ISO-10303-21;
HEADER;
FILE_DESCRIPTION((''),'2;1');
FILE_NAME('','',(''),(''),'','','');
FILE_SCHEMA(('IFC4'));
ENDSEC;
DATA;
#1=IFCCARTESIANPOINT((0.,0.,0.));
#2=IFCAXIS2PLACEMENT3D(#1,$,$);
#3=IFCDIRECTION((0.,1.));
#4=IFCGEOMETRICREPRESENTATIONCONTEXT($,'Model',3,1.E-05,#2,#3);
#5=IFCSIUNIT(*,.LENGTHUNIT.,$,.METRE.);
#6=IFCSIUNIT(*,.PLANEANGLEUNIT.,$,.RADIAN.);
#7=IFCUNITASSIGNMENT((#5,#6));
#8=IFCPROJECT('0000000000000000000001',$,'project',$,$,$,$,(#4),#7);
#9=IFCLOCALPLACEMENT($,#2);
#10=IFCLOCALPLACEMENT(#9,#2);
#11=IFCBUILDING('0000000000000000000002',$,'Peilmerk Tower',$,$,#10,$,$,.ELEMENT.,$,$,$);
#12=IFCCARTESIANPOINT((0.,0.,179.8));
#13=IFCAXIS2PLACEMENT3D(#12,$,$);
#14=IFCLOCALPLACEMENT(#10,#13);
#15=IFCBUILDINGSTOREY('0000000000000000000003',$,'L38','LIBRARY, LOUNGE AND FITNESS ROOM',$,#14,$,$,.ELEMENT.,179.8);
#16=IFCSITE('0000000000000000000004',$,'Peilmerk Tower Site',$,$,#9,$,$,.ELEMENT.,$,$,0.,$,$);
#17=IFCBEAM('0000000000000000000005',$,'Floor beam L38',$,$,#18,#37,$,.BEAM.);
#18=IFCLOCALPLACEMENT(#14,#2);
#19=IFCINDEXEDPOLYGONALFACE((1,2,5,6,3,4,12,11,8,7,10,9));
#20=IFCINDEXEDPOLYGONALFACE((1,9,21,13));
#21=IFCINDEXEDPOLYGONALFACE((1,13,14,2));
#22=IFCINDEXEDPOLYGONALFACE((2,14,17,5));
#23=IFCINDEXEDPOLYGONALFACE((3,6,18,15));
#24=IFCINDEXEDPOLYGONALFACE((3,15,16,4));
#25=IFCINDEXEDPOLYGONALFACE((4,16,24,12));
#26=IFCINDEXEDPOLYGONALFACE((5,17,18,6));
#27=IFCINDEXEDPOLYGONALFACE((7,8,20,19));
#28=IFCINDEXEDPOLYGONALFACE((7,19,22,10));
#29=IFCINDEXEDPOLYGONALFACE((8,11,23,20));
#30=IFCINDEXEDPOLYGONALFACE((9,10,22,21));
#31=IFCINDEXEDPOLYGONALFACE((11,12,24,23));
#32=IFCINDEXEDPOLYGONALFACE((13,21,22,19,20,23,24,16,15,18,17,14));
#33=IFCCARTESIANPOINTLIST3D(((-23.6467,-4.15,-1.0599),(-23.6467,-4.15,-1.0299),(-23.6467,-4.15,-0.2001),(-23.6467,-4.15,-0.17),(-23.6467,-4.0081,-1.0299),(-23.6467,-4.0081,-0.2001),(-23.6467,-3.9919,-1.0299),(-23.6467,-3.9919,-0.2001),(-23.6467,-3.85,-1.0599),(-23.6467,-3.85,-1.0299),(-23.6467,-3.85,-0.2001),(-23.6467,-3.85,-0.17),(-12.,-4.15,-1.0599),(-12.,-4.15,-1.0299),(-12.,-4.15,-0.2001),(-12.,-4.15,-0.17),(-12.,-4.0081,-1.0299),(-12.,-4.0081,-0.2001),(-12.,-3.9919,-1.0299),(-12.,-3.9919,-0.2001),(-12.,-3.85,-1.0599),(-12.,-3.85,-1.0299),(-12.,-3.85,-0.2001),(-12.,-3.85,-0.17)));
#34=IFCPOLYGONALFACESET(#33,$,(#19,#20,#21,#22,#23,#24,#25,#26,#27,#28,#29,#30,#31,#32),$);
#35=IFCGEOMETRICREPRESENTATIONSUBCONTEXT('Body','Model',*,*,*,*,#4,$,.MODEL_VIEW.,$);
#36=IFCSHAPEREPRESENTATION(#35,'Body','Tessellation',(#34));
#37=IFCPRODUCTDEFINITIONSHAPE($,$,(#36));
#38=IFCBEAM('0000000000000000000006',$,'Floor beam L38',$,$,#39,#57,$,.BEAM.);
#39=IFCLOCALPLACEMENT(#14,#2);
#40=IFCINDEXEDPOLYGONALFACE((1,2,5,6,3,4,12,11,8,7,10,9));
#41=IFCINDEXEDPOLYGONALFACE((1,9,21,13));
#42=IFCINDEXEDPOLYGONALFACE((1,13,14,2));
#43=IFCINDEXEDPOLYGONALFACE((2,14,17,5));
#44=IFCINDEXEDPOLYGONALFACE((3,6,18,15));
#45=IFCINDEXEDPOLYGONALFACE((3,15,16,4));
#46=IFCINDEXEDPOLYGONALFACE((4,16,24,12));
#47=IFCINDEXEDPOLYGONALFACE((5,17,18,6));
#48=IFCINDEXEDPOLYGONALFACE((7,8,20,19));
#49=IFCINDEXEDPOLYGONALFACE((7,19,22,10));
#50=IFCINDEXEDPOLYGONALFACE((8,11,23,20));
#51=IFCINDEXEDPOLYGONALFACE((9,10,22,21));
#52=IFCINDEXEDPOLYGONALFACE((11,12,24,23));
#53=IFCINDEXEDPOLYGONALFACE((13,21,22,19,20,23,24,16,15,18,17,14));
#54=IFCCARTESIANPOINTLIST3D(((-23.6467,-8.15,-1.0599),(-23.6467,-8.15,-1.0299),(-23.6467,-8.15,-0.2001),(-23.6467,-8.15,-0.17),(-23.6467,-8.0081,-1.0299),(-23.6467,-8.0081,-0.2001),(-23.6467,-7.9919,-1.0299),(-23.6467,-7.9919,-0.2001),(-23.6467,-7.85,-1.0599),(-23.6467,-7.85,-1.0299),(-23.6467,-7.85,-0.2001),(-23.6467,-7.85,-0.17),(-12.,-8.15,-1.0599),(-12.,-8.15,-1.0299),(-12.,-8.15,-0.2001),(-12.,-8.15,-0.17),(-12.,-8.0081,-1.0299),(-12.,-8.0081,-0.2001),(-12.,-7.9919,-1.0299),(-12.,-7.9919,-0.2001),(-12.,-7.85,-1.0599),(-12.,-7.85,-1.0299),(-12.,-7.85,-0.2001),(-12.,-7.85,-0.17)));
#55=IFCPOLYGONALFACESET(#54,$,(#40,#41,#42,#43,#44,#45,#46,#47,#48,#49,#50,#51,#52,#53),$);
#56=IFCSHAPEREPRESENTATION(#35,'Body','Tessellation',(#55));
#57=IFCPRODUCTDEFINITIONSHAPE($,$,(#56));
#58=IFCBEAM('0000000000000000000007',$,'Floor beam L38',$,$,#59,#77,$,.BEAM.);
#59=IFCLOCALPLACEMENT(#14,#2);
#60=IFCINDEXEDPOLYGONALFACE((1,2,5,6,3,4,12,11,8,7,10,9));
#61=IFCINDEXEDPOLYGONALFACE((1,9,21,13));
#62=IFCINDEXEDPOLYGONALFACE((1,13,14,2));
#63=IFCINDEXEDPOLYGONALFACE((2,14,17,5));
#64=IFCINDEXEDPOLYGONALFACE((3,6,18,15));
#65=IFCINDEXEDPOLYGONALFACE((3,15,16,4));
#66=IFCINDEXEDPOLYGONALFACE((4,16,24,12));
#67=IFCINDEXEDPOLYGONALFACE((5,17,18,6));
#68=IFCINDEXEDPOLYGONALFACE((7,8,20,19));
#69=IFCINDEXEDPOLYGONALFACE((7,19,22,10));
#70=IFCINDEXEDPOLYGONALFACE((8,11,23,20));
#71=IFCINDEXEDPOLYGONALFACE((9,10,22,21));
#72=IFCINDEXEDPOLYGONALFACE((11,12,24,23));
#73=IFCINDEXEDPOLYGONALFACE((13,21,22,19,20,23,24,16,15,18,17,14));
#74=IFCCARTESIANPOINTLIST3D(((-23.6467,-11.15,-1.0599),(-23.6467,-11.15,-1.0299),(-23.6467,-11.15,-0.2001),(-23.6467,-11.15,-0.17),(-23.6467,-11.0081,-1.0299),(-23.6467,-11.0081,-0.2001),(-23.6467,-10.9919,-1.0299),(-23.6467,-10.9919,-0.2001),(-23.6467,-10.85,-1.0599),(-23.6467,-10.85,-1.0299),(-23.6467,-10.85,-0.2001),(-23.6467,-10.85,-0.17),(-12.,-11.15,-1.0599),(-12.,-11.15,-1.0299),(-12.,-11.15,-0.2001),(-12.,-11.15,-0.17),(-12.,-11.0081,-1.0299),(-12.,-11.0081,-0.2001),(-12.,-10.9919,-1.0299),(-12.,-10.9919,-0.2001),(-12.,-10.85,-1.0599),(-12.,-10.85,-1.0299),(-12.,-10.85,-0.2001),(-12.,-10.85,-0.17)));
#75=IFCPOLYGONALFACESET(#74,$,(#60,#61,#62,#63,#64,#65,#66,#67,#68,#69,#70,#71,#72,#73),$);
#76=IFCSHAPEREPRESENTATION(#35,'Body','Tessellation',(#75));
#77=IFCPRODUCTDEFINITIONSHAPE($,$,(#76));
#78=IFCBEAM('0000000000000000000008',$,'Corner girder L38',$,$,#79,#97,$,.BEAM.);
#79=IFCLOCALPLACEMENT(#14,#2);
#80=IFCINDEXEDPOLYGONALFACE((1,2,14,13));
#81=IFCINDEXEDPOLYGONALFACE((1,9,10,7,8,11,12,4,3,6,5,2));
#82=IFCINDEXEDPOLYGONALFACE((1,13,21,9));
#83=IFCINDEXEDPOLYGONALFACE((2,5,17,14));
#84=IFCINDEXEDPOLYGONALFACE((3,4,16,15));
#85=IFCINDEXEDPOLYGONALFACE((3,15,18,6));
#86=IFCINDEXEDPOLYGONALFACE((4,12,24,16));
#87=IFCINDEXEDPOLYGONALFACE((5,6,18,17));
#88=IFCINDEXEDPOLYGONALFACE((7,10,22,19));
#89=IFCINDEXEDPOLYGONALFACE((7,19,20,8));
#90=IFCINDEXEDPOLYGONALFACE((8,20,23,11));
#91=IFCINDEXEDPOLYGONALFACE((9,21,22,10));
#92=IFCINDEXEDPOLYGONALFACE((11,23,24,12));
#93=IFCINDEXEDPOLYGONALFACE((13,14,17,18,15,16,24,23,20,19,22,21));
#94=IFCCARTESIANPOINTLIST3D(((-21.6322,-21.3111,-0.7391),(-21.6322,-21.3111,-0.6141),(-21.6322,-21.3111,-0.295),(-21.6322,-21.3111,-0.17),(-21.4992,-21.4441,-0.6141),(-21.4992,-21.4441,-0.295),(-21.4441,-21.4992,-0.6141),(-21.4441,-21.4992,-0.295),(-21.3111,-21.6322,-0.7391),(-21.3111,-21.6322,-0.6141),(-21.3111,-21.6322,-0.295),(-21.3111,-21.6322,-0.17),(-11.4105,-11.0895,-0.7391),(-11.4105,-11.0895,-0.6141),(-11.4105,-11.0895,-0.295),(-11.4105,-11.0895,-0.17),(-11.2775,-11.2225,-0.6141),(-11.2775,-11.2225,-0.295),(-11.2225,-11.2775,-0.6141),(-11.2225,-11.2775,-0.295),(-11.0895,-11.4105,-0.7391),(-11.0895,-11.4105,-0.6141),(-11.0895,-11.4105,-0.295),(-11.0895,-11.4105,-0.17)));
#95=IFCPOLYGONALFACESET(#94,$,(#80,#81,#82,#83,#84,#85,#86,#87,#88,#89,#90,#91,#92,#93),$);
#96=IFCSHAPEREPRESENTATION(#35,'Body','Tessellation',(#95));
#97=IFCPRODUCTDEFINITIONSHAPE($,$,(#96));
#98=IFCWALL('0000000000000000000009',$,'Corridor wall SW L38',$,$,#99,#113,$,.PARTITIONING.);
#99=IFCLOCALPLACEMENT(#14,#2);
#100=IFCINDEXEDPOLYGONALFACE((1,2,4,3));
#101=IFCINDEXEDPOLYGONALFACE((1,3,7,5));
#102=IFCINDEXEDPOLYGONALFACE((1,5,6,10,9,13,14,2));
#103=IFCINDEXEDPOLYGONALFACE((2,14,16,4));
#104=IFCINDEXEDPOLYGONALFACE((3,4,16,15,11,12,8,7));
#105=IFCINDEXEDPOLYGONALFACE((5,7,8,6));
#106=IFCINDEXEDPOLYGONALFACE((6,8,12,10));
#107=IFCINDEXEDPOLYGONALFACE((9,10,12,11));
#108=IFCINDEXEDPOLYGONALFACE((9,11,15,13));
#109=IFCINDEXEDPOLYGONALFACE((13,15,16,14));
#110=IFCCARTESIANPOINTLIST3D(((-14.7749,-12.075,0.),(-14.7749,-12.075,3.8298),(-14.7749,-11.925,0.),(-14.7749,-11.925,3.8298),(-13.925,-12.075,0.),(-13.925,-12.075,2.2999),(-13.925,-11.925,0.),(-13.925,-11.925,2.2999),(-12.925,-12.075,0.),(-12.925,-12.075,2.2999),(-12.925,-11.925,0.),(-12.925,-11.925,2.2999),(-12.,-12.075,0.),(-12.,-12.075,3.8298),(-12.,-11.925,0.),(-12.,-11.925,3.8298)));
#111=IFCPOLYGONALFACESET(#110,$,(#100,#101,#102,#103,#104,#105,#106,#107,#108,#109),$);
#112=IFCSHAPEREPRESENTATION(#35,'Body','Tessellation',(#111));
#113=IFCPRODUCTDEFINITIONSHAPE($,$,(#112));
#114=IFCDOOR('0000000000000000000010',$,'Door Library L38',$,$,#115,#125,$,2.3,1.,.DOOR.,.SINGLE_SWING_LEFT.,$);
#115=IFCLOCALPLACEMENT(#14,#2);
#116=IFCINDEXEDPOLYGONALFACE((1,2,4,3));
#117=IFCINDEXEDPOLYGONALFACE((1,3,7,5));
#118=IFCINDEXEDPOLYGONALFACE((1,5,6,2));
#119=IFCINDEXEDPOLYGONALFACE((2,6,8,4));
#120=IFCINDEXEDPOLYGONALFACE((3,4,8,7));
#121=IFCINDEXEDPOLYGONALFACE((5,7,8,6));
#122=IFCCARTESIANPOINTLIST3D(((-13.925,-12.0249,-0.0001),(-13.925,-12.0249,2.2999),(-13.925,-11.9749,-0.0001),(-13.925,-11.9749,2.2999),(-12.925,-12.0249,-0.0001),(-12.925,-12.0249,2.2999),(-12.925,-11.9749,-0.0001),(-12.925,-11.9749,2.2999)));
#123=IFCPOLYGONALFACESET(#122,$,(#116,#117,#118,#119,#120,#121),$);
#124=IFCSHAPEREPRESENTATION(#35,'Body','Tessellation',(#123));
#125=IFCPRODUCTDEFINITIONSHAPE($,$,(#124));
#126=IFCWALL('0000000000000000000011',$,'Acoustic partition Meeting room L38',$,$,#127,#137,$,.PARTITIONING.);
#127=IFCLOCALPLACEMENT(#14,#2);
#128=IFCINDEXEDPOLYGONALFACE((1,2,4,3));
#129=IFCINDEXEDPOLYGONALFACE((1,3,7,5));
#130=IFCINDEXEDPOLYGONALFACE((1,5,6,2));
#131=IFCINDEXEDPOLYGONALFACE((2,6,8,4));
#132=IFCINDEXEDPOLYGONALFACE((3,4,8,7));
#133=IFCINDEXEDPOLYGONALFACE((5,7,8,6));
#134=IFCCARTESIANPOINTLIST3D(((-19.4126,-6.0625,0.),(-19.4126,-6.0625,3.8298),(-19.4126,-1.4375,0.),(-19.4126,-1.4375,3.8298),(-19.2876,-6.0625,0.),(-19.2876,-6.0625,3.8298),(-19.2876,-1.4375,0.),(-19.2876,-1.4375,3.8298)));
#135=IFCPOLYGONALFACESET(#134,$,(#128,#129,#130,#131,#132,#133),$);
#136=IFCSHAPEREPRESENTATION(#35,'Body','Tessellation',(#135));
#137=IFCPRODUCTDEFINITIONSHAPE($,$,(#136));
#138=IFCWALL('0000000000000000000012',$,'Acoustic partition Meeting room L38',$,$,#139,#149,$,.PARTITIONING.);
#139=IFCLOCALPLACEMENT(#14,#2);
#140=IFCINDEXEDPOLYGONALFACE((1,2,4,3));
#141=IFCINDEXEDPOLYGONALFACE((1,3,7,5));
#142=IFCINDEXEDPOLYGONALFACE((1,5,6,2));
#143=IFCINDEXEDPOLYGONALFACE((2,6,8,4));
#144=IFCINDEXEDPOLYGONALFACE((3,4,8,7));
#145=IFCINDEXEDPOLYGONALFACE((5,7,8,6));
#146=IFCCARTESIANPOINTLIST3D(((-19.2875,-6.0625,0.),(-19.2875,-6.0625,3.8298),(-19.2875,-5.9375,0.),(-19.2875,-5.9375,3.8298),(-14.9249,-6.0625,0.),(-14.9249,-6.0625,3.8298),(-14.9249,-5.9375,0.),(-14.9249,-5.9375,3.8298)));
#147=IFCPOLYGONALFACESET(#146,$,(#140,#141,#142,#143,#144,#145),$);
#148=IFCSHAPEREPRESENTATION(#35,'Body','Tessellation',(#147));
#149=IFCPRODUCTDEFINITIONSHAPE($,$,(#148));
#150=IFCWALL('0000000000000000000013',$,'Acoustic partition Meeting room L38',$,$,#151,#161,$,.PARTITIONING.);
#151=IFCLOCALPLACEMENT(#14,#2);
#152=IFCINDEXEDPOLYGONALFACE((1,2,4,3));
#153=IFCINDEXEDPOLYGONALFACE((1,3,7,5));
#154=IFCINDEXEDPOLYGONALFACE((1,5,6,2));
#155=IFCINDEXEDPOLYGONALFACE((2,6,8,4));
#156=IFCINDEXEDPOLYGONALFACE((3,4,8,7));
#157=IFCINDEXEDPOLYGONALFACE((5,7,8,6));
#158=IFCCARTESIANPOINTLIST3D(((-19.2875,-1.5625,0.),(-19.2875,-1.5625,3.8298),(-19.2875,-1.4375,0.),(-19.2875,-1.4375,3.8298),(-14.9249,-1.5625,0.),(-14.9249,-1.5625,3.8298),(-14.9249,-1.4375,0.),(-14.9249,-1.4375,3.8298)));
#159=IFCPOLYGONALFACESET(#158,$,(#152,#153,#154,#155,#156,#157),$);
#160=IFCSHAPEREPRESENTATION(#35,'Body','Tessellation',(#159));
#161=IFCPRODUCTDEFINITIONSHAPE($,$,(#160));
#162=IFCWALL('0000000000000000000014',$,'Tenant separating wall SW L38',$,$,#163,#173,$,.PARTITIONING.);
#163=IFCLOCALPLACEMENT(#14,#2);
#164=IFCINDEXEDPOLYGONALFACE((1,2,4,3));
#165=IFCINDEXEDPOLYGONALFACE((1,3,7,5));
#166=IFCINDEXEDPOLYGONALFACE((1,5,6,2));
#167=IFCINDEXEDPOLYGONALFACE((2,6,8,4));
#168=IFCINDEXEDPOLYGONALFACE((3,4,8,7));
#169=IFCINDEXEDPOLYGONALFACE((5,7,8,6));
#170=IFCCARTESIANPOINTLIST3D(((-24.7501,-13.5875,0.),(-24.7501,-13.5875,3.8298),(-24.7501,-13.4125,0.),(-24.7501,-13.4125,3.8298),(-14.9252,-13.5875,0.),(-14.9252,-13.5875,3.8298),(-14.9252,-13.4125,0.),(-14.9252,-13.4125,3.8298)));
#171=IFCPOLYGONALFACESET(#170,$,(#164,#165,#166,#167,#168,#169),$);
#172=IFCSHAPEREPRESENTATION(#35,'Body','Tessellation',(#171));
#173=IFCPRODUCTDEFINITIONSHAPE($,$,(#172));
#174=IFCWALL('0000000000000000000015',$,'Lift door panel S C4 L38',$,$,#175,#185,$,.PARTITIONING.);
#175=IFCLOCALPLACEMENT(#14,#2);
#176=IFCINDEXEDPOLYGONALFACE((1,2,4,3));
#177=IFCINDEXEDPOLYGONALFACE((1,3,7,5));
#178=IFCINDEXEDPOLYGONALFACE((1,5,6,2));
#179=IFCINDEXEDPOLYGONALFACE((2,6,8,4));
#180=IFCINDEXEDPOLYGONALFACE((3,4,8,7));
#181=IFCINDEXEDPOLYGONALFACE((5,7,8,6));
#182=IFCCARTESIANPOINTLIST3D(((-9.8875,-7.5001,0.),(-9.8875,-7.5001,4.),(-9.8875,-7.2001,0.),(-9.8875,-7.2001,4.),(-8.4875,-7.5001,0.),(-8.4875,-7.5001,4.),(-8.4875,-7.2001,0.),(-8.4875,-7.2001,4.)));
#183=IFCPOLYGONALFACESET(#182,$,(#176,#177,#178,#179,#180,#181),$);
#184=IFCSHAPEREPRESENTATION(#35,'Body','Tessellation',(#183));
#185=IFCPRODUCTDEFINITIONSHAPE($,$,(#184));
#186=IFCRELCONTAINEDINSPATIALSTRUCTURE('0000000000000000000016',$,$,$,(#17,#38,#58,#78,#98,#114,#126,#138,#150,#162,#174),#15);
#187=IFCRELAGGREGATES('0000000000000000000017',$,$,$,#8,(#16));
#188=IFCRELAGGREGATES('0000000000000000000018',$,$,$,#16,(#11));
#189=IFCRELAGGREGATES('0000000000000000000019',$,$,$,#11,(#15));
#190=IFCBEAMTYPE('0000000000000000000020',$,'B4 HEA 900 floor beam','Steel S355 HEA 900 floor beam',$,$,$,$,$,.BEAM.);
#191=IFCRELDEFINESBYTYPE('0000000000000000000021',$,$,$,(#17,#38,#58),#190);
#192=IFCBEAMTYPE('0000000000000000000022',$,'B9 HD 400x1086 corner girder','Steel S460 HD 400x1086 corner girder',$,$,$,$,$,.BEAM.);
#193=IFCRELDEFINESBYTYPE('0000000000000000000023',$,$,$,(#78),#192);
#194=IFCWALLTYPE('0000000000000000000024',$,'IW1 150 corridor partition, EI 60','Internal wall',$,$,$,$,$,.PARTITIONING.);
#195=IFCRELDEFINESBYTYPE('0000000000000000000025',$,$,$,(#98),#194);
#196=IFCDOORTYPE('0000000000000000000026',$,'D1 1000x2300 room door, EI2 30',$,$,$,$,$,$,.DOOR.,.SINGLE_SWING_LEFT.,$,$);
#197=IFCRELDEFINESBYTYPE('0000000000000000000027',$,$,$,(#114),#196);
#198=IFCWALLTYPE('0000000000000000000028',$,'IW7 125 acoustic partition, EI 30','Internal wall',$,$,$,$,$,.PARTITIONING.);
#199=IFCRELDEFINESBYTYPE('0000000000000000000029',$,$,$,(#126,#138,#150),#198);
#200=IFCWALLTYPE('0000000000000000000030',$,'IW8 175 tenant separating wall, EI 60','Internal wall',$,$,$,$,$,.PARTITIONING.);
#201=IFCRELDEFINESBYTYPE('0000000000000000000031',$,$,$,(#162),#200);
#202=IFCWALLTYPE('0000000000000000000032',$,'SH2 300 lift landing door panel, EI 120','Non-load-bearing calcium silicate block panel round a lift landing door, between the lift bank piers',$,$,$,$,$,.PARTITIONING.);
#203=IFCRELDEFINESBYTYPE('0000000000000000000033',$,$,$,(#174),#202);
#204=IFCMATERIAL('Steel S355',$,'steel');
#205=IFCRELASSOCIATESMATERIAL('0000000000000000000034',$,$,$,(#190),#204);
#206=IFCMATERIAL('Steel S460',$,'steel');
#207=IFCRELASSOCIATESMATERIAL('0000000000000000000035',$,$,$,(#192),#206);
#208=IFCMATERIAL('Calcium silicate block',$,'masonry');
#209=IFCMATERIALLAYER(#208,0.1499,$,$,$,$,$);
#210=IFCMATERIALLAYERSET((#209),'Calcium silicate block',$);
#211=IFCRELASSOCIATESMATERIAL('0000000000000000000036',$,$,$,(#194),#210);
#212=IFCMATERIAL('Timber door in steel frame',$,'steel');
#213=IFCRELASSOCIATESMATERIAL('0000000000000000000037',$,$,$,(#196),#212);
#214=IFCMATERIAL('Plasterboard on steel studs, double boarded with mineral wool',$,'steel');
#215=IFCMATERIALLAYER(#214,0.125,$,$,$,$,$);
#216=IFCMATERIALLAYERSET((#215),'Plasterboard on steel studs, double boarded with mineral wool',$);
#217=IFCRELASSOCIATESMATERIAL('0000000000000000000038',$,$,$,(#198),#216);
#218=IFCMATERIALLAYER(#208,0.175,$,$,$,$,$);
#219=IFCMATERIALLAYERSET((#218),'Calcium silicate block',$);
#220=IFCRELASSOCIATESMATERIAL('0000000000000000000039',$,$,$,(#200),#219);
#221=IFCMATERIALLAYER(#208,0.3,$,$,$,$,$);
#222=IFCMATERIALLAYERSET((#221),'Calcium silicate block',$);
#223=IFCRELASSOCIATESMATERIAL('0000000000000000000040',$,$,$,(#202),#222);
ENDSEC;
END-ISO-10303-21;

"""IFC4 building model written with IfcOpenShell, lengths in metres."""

from ifc_helpers import new_model, si_unit, direction, frame, frame_2d, origin, origin_2d, place, context, subcontext, project, spatial, rectangle, i_section, extrude, material, layer, layer_set, material_profile, profile_set, type_object, element, fill, save


model = new_model("IFC4")

# Units and contexts
model_context = context("Model", 3, precision=1e-05, world=origin(), true_north=direction((0.0, 1.0)))
body_context = subcontext(model_context, "Body", "Model", "MODEL_VIEW")
ifc_project = project(units=[si_unit("LENGTHUNIT", "METRE"), si_unit("PLANEANGLEUNIT", "RADIAN")], contexts=[model_context])

# Site, building, storey
site_placement = place(None, origin())
site = spatial("IfcSite", under=ifc_project, at=site_placement, Name="Peilmerk Tower Site", CompositionType="ELEMENT", RefElevation=0.0)
building_placement = place(site_placement, origin())
building = spatial("IfcBuilding", under=site, at=building_placement, Name="Peilmerk Tower", CompositionType="ELEMENT")
storey_placement = place(building_placement, frame((0.0, 0.0, 179.8)))
storey = spatial("IfcBuildingStorey", under=building, at=storey_placement, Name="L38", Description="LIBRARY, LOUNGE AND FITNESS ROOM", CompositionType="ELEMENT", Elevation=179.8)

# Shared definitions
ifc_material_1 = material(Name="Steel S460", Category="steel")

# Beams
ifc_material_2 = material(Name="Steel S355", Category="steel")
ifc_material_profile_1 = material_profile(ifc_material_2, i_section(OverallWidth=0.3, OverallDepth=0.8899, WebThickness=0.0161, FlangeThickness=0.03, at=origin_2d()), Name="HEA 900")
ifc_profile_set_1 = profile_set([ifc_material_profile_1], Name="Steel S355")
beam_type_1 = type_object("IfcBeamType", Name="B4 HEA 900 floor beam", Description="Steel S355 HEA 900 floor beam", PredefinedType="BEAM", material=ifc_profile_set_1)
for number, where, z_axis, x_axis, name in (
    (1, (-12.0, -4.0, -0.615), (-1.0, 0.0, 0.0), (0.0, -1.0, 0.0), "Floor beam L38"),
    (2, (-12.0, -8.0, -0.615), (-1.0, 0.0, 0.0), (0.0, -1.0, 0.0), "Floor beam L38"),
    (3, (-12.0, -11.0, -0.615), (-1.0, 0.0, 0.0), (0.0, -1.0, 0.0), "Floor beam L38"),
):
    element("IfcBeam", number, at=place(storey_placement, frame(where, z_axis=z_axis, x_axis=x_axis)), inside=storey, type_object=beam_type_1, Name=name, PredefinedType="BEAM", context=body_context, shape_type="SweptSolid", body=[
        extrude(i_section(OverallWidth=0.3, OverallDepth=0.8899, WebThickness=0.0161, FlangeThickness=0.03, at=origin_2d()), origin(), (0.0, 0.0, 1.0), 11.6467),
    ])
ifc_material_profile_2 = material_profile(ifc_material_1, i_section(OverallWidth=0.4541, OverallDepth=0.5691, WebThickness=0.0779, FlangeThickness=0.125, at=origin_2d()), Name="HD 400x1086")
ifc_profile_set_2 = profile_set([ifc_material_profile_2], Name="Steel S460")
beam_type_2 = type_object("IfcBeamType", Name="B9 HD 400x1086 corner girder", Description="Steel S460 HD 400x1086 corner girder", PredefinedType="BEAM", material=ifc_profile_set_2)
beam_placement = place(storey_placement, frame((-11.25, -11.25, -0.4546), z_axis=(-0.707107, -0.707107, 0.0), x_axis=(0.707107, -0.707107, 0.0)))
element("IfcBeam", 4, at=beam_placement, inside=storey, type_object=beam_type_2, Name="Corner girder L38", PredefinedType="BEAM", context=body_context, shape_type="SweptSolid", body=[
    extrude(i_section(OverallWidth=0.4541, OverallDepth=0.5691, WebThickness=0.0779, FlangeThickness=0.125, at=origin_2d()), origin(), (0.0, 0.0, 1.0), 14.4556),
])

# Wall, opening, door
ifc_material_3 = material(Name="Calcium silicate block", Category="masonry")
ifc_layer_1 = layer(ifc_material_3, 0.1499)
ifc_layer_set_1 = layer_set([ifc_layer_1], Name="Calcium silicate block")
wall_type_1 = type_object("IfcWallType", Name="IW1 150 corridor partition, EI 60", Description="Internal wall", PredefinedType="PARTITIONING", material=ifc_layer_set_1)
wall_1_placement = place(storey_placement, frame((-12.0, -12.0, 0.0), z_axis=(0.0, 0.0, 1.0), x_axis=(-1.0, 0.0, 0.0)))
wall_1 = element("IfcWall", 5, at=wall_1_placement, inside=storey, type_object=wall_type_1, Name="Corridor wall SW L38", PredefinedType="PARTITIONING", context=body_context, shape_type="SweptSolid", body=[
    extrude(rectangle(XDim=2.7749, YDim=0.1499, at=frame_2d((1.3875, 0.0))), origin(), (0.0, 0.0, 1.0), 3.8298),
])
opening_1_placement = place(wall_1_placement, frame((0.925, 0.0, 0.0)))
opening_1 = element("IfcOpeningElement", 6, at=opening_1_placement, cuts=wall_1, PredefinedType="OPENING", context=body_context, shape_type="SweptSolid", body=[
    extrude(rectangle(XDim=1.0, YDim=2.3, at=frame_2d((0.5, 1.1499))), frame((0.0, 0.085, 0.0), z_axis=(0.0, -1.0, 0.0), x_axis=(1.0, 0.0, 0.0)), (0.0, 0.0, 1.0), 0.1699),
])
ifc_material_4 = material(Name="Timber door in steel frame", Category="steel")
door_type_1 = type_object("IfcDoorType", Name="D1 1000x2300 room door, EI2 30", OperationType="SINGLE_SWING_LEFT", PredefinedType="DOOR", material=ifc_material_4)
door_1_placement = place(opening_1_placement, origin())
door_1 = element("IfcDoor", 7, at=door_1_placement, inside=storey, type_object=door_type_1, Name="Door Library L38", OperationType="SINGLE_SWING_LEFT", OverallHeight=2.3, OverallWidth=1.0, PredefinedType="DOOR", context=body_context, shape_type="SweptSolid", body=[
    extrude(rectangle(XDim=1.0, YDim=2.3, at=frame_2d((0.5, 1.1499))), frame((0.0, 0.0249, 0.0), z_axis=(0.0, -1.0, 0.0), x_axis=(1.0, 0.0, 0.0)), (0.0, 0.0, 1.0), 0.05),
])
fill(opening_1, door_1)

# Walls
ifc_material_5 = material(Name="Plasterboard on steel studs, double boarded with mineral wool", Category="steel")
ifc_layer_2 = layer(ifc_material_5, 0.125)
ifc_layer_set_2 = layer_set([ifc_layer_2], Name="Plasterboard on steel studs, double boarded with mineral wool")
wall_type_2 = type_object("IfcWallType", Name="IW7 125 acoustic partition, EI 30", Description="Internal wall", PredefinedType="PARTITIONING", material=ifc_layer_set_2)
wall_2_placement = place(storey_placement, frame((-19.3501, -6.0625, 0.0), z_axis=(0.0, 0.0, 1.0), x_axis=(0.0, 1.0, 0.0)))
element("IfcWall", 8, at=wall_2_placement, inside=storey, type_object=wall_type_2, Name="Acoustic partition Meeting room L38", PredefinedType="PARTITIONING", context=body_context, shape_type="SweptSolid", body=[
    extrude(rectangle(XDim=4.625, YDim=0.125, at=frame_2d((2.3125, 0.0))), origin(), (0.0, 0.0, 1.0), 3.8298),
])
for number, where, z_axis, x_axis, name in (
    (9, (-14.925, -6.0, 0.0), (0.0, 0.0, 1.0), (-1.0, 0.0, 0.0), "Acoustic partition Meeting room L38"),
    (10, (-14.925, -1.5, 0.0), (0.0, 0.0, 1.0), (-1.0, 0.0, 0.0), "Acoustic partition Meeting room L38"),
):
    element("IfcWall", number, at=place(storey_placement, frame(where, z_axis=z_axis, x_axis=x_axis)), inside=storey, type_object=wall_type_2, Name=name, PredefinedType="PARTITIONING", context=body_context, shape_type="SweptSolid", body=[
        extrude(rectangle(XDim=4.3625, YDim=0.125, at=frame_2d((2.1812, 0.0))), origin(), (0.0, 0.0, 1.0), 3.8298),
    ])
ifc_layer_3 = layer(ifc_material_3, 0.175)
ifc_layer_set_3 = layer_set([ifc_layer_3], Name="Calcium silicate block")
wall_type_3 = type_object("IfcWallType", Name="IW8 175 tenant separating wall, EI 60", Description="Internal wall", PredefinedType="PARTITIONING", material=ifc_layer_set_3)
wall_3_placement = place(storey_placement, frame((-14.925, -13.5, 0.0), z_axis=(0.0, 0.0, 1.0), x_axis=(-1.0, 0.0, 0.0)))
element("IfcWall", 11, at=wall_3_placement, inside=storey, type_object=wall_type_3, Name="Tenant separating wall SW L38", PredefinedType="PARTITIONING", context=body_context, shape_type="SweptSolid", body=[
    extrude(rectangle(XDim=9.825, YDim=0.175, at=frame_2d((4.9126, 0.0))), origin(), (0.0, 0.0, 1.0), 3.8298),
])
ifc_layer_4 = layer(ifc_material_3, 0.3)
ifc_layer_set_4 = layer_set([ifc_layer_4], Name="Calcium silicate block")
wall_type_4 = type_object("IfcWallType", Name="SH2 300 lift landing door panel, EI 120", Description="Non-load-bearing calcium silicate block panel round a lift landing door, between the lift bank piers", PredefinedType="PARTITIONING", material=ifc_layer_set_4)
wall_4_placement = place(storey_placement, frame((-9.8875, -7.3501, 0.0), z_axis=(0.0, 0.0, 1.0), x_axis=(1.0, 0.0, 0.0)))
element("IfcWall", 12, at=wall_4_placement, inside=storey, type_object=wall_type_4, Name="Lift door panel S C4 L38", PredefinedType="PARTITIONING", context=body_context, shape_type="SweptSolid", body=[
    extrude(rectangle(XDim=1.3999, YDim=0.3, at=frame_2d((0.7, 0.0))), origin(), (0.0, 0.0, 1.0), 4.0),
])

save(model, "model.ifc")
